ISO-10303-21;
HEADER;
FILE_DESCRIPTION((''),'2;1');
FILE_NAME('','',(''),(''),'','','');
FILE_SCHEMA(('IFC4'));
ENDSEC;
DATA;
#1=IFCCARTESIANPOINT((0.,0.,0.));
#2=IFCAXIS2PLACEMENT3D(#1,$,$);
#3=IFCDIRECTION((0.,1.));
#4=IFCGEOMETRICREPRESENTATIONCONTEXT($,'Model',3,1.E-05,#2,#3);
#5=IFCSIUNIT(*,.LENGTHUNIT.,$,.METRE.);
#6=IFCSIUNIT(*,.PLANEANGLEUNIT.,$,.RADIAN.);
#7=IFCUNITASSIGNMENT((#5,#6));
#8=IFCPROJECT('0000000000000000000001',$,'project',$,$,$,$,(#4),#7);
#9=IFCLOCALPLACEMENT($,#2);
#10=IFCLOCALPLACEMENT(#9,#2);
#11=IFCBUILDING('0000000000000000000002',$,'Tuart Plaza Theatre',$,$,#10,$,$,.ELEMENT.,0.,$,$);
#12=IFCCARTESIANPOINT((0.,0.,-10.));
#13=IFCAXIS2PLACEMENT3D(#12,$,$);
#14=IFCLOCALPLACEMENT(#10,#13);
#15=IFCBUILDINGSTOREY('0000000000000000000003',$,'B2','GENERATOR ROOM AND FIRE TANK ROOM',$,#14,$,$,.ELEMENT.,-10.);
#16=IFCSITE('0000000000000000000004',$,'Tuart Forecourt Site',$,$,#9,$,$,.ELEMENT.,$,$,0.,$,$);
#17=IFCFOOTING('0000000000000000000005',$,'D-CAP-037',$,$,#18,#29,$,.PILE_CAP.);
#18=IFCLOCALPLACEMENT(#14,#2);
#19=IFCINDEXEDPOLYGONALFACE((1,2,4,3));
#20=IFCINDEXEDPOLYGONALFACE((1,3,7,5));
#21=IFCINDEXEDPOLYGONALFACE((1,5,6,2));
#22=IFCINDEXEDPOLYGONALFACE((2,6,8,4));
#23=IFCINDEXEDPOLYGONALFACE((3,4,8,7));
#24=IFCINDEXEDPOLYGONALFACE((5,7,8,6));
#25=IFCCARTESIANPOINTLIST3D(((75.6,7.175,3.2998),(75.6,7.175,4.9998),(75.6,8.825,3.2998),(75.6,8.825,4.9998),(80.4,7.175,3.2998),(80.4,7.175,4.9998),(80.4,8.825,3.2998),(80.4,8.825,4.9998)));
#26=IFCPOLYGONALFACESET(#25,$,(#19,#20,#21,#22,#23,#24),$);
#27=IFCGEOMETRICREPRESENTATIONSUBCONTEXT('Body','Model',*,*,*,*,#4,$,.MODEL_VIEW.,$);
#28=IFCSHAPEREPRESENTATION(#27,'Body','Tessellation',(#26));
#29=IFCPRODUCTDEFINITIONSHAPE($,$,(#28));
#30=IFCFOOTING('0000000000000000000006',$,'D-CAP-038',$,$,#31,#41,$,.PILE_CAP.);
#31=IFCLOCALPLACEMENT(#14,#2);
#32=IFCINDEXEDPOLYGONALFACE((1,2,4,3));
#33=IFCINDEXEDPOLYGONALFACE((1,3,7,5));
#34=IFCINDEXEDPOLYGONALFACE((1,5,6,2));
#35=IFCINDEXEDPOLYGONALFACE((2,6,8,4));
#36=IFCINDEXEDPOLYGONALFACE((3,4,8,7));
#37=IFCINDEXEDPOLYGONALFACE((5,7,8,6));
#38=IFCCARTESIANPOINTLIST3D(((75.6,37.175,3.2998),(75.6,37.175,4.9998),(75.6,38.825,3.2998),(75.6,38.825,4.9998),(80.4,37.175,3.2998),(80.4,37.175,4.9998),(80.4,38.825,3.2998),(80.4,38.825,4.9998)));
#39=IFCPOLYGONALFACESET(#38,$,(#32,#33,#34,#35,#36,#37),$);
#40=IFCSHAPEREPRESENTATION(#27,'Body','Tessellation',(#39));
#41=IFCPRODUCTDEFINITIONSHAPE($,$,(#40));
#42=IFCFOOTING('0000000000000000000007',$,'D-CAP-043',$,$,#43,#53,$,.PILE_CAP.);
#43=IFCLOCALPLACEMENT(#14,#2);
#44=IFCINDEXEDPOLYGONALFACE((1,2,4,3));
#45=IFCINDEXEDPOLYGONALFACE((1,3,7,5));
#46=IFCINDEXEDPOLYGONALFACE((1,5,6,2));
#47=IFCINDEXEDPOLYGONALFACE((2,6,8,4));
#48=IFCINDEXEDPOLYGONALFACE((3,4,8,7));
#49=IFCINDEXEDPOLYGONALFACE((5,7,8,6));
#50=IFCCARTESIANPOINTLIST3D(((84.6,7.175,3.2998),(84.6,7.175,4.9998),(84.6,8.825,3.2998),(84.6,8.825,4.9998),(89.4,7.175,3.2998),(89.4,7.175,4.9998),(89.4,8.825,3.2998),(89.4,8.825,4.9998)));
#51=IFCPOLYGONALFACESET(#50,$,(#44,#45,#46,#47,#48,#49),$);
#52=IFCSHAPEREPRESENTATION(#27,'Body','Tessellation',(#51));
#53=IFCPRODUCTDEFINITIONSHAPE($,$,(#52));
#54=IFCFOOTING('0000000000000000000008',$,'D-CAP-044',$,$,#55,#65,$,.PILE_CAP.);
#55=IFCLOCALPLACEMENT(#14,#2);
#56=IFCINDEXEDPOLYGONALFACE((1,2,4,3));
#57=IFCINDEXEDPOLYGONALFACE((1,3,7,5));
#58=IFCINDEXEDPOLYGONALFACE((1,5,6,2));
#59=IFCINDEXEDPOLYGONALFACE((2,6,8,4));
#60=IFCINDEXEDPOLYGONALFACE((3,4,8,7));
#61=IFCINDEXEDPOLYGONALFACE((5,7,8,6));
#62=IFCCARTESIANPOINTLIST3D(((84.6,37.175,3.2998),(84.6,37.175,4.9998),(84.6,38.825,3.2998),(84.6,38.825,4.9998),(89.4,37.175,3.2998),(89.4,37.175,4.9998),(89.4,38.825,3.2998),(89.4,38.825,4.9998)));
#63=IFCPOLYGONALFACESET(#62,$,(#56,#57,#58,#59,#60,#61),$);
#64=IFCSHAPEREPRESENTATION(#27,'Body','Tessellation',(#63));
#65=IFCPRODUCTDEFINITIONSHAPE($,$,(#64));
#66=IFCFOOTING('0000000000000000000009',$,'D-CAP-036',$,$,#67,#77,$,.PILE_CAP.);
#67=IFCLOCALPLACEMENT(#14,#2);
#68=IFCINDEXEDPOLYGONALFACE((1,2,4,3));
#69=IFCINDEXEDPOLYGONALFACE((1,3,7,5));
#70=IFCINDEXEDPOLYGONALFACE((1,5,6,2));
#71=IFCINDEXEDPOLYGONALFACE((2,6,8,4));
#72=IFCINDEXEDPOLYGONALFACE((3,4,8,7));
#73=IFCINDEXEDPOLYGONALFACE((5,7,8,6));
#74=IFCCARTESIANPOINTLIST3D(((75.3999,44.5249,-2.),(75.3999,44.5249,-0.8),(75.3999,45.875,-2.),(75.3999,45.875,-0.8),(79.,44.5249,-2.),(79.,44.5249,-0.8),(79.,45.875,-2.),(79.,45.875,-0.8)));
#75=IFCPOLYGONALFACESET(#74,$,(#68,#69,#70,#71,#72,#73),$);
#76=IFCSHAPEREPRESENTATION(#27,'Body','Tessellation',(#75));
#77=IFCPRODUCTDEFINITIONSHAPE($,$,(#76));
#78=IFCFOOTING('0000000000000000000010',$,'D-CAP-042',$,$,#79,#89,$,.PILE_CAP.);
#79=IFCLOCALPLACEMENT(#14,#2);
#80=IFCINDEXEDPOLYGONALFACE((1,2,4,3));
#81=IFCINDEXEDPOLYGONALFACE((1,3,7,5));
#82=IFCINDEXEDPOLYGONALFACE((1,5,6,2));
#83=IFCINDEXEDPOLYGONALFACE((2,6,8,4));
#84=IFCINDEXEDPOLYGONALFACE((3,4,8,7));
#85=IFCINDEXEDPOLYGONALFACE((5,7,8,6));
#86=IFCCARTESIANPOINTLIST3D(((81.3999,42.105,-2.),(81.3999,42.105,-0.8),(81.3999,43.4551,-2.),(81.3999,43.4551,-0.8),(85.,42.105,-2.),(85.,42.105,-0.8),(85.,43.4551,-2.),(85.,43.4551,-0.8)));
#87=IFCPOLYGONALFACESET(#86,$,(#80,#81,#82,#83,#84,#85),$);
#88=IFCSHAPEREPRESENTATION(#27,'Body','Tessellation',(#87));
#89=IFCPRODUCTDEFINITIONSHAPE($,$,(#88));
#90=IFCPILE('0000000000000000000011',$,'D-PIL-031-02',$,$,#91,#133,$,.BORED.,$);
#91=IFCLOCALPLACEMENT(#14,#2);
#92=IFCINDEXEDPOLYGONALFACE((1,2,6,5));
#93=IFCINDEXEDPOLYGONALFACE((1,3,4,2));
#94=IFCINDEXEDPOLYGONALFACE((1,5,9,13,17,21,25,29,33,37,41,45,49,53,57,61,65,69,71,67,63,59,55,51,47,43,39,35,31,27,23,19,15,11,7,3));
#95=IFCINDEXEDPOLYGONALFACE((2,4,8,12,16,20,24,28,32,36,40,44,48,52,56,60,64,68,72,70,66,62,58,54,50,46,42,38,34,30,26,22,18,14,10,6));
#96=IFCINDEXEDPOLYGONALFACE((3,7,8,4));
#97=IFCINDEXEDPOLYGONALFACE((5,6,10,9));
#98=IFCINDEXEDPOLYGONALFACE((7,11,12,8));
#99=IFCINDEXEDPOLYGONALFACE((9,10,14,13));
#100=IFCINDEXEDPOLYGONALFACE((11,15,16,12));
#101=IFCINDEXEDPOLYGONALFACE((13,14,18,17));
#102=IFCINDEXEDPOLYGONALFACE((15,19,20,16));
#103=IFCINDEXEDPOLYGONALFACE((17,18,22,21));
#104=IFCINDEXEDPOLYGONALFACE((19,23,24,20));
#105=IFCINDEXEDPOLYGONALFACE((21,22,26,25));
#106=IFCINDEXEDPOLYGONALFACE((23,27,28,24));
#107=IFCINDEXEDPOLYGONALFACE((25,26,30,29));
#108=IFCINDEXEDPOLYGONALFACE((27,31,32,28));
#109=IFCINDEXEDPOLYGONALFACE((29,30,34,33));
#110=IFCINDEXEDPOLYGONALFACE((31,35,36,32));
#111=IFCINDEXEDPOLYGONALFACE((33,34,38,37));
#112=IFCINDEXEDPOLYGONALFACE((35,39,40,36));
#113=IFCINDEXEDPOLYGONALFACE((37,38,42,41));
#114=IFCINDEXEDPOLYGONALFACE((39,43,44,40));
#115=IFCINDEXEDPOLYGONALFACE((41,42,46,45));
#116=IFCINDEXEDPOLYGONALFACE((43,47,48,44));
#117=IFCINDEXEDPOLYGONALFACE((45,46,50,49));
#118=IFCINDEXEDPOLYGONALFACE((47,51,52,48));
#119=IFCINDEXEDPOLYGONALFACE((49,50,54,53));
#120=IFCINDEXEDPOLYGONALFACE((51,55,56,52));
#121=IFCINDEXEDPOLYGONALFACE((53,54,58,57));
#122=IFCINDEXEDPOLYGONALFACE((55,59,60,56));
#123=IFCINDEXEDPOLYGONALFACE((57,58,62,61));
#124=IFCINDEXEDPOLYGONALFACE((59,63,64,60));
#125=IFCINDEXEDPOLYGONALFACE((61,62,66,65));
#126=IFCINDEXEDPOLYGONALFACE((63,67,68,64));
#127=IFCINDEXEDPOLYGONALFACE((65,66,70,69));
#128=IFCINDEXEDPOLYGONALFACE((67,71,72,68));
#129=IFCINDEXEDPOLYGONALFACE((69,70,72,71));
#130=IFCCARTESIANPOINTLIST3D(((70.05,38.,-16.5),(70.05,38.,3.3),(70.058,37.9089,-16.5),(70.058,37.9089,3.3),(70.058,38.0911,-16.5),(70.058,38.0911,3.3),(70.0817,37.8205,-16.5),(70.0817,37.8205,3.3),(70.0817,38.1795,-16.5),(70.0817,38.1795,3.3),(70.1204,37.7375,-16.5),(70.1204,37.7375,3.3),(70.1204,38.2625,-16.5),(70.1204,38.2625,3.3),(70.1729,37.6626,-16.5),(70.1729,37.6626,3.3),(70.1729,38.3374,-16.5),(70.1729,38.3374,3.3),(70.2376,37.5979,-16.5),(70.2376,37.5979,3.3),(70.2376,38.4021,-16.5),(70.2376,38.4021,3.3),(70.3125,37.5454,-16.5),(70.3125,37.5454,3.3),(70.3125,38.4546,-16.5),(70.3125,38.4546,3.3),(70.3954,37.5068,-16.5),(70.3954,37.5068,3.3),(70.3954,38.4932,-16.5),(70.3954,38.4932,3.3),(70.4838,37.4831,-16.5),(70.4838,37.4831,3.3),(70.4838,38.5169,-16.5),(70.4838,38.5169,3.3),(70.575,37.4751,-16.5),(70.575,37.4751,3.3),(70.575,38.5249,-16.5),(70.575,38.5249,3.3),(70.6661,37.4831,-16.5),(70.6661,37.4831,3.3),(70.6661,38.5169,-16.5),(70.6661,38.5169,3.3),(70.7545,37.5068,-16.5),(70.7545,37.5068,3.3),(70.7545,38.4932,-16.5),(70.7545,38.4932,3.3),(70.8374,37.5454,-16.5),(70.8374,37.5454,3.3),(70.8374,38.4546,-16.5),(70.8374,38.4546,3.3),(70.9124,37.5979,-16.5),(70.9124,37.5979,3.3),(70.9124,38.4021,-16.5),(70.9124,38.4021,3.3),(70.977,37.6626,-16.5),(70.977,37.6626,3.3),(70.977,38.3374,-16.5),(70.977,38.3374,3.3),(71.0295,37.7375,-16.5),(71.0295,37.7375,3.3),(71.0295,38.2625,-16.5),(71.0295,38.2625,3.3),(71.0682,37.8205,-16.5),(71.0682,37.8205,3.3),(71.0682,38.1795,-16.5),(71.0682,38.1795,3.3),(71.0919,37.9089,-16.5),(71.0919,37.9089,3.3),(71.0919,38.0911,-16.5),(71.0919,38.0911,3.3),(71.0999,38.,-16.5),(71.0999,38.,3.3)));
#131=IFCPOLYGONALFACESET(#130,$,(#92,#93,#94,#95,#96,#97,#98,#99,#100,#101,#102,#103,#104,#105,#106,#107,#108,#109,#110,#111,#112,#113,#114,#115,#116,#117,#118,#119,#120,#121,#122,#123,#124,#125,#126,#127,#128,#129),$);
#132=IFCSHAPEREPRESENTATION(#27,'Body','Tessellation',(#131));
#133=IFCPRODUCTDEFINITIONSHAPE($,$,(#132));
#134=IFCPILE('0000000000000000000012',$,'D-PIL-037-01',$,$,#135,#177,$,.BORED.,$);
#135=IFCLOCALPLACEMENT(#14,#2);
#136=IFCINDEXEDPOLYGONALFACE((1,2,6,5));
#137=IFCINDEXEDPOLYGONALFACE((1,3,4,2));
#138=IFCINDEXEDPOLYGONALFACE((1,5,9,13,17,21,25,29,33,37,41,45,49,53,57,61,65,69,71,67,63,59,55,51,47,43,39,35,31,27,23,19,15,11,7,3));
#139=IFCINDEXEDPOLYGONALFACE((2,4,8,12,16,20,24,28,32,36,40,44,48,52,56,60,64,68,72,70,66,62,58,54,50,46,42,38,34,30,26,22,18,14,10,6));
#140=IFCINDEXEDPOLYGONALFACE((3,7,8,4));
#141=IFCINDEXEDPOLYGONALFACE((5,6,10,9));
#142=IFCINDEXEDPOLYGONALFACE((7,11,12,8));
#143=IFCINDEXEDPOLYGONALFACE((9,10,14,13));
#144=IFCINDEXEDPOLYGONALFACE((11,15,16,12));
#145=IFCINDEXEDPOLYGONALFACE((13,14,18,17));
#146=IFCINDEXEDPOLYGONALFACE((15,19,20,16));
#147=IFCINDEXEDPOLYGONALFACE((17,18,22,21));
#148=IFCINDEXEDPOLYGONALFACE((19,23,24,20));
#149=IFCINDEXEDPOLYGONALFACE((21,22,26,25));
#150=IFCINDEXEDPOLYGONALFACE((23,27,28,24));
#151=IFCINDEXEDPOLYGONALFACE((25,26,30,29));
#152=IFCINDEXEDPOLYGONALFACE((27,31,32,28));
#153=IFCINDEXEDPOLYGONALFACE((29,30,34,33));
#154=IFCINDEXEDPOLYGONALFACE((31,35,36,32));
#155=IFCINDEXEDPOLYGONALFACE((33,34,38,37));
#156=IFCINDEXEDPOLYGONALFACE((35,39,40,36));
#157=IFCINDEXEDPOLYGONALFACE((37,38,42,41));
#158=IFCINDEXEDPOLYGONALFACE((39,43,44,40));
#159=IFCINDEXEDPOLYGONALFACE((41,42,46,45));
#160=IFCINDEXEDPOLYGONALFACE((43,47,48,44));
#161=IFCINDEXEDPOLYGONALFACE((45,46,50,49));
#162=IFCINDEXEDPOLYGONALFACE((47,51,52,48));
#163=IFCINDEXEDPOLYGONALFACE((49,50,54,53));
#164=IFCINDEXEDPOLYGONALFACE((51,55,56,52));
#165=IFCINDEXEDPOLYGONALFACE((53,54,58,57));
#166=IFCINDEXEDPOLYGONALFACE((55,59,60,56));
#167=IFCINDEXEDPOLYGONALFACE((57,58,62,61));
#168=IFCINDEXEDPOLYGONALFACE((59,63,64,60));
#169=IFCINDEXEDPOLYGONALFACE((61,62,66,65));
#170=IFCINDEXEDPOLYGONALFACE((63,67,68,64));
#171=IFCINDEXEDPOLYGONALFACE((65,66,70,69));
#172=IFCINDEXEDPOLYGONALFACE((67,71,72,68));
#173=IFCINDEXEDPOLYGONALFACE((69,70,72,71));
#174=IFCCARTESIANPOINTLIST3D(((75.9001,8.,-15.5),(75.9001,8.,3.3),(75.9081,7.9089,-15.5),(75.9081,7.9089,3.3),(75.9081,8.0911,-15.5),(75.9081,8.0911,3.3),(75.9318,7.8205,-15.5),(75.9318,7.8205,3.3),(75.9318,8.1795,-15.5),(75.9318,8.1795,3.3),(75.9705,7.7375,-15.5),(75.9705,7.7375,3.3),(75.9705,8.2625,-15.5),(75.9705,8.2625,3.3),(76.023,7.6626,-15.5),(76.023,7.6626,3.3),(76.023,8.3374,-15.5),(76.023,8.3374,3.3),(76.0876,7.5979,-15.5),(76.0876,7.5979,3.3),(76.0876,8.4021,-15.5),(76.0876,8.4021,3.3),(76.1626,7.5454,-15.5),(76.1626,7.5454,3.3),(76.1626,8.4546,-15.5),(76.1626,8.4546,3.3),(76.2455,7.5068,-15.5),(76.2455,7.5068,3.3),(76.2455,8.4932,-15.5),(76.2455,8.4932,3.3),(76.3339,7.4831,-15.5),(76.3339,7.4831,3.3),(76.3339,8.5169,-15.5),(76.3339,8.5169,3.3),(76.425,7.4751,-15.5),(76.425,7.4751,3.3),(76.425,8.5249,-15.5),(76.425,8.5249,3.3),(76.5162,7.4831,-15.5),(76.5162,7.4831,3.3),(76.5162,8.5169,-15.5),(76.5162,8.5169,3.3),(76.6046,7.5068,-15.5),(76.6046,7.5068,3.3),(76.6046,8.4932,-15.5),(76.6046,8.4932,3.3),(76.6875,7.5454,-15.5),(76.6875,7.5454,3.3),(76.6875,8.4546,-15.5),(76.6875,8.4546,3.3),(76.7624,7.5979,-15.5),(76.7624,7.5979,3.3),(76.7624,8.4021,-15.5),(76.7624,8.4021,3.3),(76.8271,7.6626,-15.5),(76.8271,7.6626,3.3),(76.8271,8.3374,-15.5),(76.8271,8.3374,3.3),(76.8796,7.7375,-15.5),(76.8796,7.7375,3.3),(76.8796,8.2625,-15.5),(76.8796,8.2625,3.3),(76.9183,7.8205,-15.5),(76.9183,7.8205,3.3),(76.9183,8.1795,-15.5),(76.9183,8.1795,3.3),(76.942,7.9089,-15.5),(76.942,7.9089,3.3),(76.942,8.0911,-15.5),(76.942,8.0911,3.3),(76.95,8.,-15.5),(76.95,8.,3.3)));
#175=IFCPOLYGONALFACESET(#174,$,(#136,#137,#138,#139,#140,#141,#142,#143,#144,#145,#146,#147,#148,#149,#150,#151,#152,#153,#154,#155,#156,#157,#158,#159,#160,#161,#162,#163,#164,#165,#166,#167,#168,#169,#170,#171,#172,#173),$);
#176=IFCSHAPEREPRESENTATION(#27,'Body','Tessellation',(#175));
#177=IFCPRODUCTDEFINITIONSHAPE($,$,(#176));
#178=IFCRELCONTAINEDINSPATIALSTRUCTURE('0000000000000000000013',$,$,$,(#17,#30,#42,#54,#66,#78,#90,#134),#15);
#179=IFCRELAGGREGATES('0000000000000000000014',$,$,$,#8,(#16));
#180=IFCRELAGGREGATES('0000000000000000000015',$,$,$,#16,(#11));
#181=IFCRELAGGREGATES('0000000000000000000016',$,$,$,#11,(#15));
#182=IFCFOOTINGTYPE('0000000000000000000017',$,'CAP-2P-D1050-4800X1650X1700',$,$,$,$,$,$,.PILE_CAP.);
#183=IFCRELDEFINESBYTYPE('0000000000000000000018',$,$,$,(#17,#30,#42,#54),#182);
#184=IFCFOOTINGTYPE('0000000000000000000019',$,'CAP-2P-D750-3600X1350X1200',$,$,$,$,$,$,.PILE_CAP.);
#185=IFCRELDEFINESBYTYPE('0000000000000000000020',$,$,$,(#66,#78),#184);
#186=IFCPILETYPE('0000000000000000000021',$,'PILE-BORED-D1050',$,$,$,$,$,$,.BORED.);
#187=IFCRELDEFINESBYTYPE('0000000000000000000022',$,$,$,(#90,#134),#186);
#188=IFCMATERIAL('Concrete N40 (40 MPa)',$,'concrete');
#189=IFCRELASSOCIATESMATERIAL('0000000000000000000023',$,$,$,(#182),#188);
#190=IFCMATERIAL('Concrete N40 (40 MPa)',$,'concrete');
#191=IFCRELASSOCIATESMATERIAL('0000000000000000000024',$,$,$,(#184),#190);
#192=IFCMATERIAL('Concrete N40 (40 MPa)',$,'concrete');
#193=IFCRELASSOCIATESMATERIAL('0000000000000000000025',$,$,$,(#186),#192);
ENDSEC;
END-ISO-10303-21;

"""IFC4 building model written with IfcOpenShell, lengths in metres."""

from ifc_helpers import new_model, si_unit, direction, frame, origin, origin_2d, place, context, subcontext, project, spatial, rectangle, circle, extrude, material, material_profile, profile_set, type_object, element, save


model = new_model("IFC4")

# Units and contexts
model_context = context("Model", 3, precision=1e-05, world=origin(), true_north=direction((0.0, 1.0)))
body_context = subcontext(model_context, "Body", "Model", "MODEL_VIEW")
ifc_project = project(units=[si_unit("LENGTHUNIT", "METRE"), si_unit("PLANEANGLEUNIT", "RADIAN")], contexts=[model_context])

# Site, building, storey
site_placement = place(None, origin())
site = spatial("IfcSite", under=ifc_project, at=site_placement, Name="Tuart Forecourt Site", CompositionType="ELEMENT", RefElevation=0.0)
building_placement = place(site_placement, origin())
building = spatial("IfcBuilding", under=site, at=building_placement, Name="Tuart Plaza Theatre", CompositionType="ELEMENT", ElevationOfRefHeight=0.0)
storey_placement = place(building_placement, frame((0.0, 0.0, -10.0)))
storey = spatial("IfcBuildingStorey", under=building, at=storey_placement, Name="B2", Description="GENERATOR ROOM AND FIRE TANK ROOM", CompositionType="ELEMENT", Elevation=-10.0)

# Footings
ifc_material_1 = material(Name="Concrete N40 (40 MPa)", Category="concrete")
footing_type_1 = type_object("IfcFootingType", Name="CAP-2P-D1050-4800X1650X1700", PredefinedType="PILE_CAP", material=ifc_material_1)
for number, where, z_axis, x_axis, name in (
    (1, (78.0, 8.0, 3.2998), (0.0, 0.0, 1.0), (1.0, 0.0, 0.0), "D-CAP-037"),
    (2, (78.0, 38.0, 3.2998), (0.0, 0.0, 1.0), (1.0, 0.0, 0.0), "D-CAP-038"),
    (3, (87.0, 8.0, 3.2998), (0.0, 0.0, 1.0), (1.0, 0.0, 0.0), "D-CAP-043"),
    (4, (87.0, 38.0, 3.2998), (0.0, 0.0, 1.0), (1.0, 0.0, 0.0), "D-CAP-044"),
):
    element("IfcFooting", number, at=place(storey_placement, frame(where, z_axis=z_axis, x_axis=x_axis)), inside=storey, type_object=footing_type_1, Name=name, PredefinedType="PILE_CAP", context=body_context, shape_type="SweptSolid", body=[
        extrude(rectangle(XDim=4.8, YDim=1.6499, at=origin_2d()), origin(), (0.0, 0.0, 1.0), 1.7),
    ])
ifc_material_2 = material(Name="Concrete N40 (40 MPa)", Category="concrete")
footing_type_2 = type_object("IfcFootingType", Name="CAP-2P-D750-3600X1350X1200", PredefinedType="PILE_CAP", material=ifc_material_2)
for number, where, z_axis, x_axis, name in (
    (5, (77.2, 45.2, -2.0), (0.0, 0.0, 1.0), (1.0, 0.0, 0.0), "D-CAP-036"),
    (6, (83.2, 42.78, -2.0), (0.0, 0.0, 1.0), (1.0, 0.0, 0.0), "D-CAP-042"),
):
    element("IfcFooting", number, at=place(storey_placement, frame(where, z_axis=z_axis, x_axis=x_axis)), inside=storey, type_object=footing_type_2, Name=name, PredefinedType="PILE_CAP", context=body_context, shape_type="SweptSolid", body=[
        extrude(rectangle(XDim=3.6001, YDim=1.3501, at=origin_2d()), origin(), (0.0, 0.0, 1.0), 1.2),
    ])

# Piles
ifc_material_3 = material(Name="Concrete N40 (40 MPa)", Category="concrete")
ifc_material_profile_1 = material_profile(ifc_material_3, circle(Radius=0.5249, at=origin_2d()), Name="PILE-BORED-D1050")
ifc_profile_set_1 = profile_set([ifc_material_profile_1], Name="Concrete N40 (40 MPa)")
pile_type_1 = type_object("IfcPileType", Name="PILE-BORED-D1050", PredefinedType="BORED", material=ifc_profile_set_1)
pile_1_placement = place(storey_placement, frame((70.575, 38.0, 3.3), z_axis=(0.0, 0.0, -1.0), x_axis=(1.0, 0.0, 0.0)))
element("IfcPile", 7, at=pile_1_placement, inside=storey, type_object=pile_type_1, Name="D-PIL-031-02", PredefinedType="BORED", context=body_context, shape_type="SweptSolid", body=[
    extrude(circle(Radius=0.5249, at=origin_2d()), origin(), (0.0, 0.0, 1.0), 19.8),
])
for number, where, z_axis, x_axis, name in (
    (8, (76.425, 8.0, 3.3), (0.0, 0.0, -1.0), (1.0, 0.0, 0.0), "D-PIL-037-01"),
):
    element("IfcPile", number, at=place(storey_placement, frame(where, z_axis=z_axis, x_axis=x_axis)), inside=storey, type_object=pile_type_1, Name=name, PredefinedType="BORED", context=body_context, shape_type="SweptSolid", body=[
        extrude(circle(Radius=0.5249, at=origin_2d()), origin(), (0.0, 0.0, 1.0), 18.8),
    ])

save(model, "model.ifc")
